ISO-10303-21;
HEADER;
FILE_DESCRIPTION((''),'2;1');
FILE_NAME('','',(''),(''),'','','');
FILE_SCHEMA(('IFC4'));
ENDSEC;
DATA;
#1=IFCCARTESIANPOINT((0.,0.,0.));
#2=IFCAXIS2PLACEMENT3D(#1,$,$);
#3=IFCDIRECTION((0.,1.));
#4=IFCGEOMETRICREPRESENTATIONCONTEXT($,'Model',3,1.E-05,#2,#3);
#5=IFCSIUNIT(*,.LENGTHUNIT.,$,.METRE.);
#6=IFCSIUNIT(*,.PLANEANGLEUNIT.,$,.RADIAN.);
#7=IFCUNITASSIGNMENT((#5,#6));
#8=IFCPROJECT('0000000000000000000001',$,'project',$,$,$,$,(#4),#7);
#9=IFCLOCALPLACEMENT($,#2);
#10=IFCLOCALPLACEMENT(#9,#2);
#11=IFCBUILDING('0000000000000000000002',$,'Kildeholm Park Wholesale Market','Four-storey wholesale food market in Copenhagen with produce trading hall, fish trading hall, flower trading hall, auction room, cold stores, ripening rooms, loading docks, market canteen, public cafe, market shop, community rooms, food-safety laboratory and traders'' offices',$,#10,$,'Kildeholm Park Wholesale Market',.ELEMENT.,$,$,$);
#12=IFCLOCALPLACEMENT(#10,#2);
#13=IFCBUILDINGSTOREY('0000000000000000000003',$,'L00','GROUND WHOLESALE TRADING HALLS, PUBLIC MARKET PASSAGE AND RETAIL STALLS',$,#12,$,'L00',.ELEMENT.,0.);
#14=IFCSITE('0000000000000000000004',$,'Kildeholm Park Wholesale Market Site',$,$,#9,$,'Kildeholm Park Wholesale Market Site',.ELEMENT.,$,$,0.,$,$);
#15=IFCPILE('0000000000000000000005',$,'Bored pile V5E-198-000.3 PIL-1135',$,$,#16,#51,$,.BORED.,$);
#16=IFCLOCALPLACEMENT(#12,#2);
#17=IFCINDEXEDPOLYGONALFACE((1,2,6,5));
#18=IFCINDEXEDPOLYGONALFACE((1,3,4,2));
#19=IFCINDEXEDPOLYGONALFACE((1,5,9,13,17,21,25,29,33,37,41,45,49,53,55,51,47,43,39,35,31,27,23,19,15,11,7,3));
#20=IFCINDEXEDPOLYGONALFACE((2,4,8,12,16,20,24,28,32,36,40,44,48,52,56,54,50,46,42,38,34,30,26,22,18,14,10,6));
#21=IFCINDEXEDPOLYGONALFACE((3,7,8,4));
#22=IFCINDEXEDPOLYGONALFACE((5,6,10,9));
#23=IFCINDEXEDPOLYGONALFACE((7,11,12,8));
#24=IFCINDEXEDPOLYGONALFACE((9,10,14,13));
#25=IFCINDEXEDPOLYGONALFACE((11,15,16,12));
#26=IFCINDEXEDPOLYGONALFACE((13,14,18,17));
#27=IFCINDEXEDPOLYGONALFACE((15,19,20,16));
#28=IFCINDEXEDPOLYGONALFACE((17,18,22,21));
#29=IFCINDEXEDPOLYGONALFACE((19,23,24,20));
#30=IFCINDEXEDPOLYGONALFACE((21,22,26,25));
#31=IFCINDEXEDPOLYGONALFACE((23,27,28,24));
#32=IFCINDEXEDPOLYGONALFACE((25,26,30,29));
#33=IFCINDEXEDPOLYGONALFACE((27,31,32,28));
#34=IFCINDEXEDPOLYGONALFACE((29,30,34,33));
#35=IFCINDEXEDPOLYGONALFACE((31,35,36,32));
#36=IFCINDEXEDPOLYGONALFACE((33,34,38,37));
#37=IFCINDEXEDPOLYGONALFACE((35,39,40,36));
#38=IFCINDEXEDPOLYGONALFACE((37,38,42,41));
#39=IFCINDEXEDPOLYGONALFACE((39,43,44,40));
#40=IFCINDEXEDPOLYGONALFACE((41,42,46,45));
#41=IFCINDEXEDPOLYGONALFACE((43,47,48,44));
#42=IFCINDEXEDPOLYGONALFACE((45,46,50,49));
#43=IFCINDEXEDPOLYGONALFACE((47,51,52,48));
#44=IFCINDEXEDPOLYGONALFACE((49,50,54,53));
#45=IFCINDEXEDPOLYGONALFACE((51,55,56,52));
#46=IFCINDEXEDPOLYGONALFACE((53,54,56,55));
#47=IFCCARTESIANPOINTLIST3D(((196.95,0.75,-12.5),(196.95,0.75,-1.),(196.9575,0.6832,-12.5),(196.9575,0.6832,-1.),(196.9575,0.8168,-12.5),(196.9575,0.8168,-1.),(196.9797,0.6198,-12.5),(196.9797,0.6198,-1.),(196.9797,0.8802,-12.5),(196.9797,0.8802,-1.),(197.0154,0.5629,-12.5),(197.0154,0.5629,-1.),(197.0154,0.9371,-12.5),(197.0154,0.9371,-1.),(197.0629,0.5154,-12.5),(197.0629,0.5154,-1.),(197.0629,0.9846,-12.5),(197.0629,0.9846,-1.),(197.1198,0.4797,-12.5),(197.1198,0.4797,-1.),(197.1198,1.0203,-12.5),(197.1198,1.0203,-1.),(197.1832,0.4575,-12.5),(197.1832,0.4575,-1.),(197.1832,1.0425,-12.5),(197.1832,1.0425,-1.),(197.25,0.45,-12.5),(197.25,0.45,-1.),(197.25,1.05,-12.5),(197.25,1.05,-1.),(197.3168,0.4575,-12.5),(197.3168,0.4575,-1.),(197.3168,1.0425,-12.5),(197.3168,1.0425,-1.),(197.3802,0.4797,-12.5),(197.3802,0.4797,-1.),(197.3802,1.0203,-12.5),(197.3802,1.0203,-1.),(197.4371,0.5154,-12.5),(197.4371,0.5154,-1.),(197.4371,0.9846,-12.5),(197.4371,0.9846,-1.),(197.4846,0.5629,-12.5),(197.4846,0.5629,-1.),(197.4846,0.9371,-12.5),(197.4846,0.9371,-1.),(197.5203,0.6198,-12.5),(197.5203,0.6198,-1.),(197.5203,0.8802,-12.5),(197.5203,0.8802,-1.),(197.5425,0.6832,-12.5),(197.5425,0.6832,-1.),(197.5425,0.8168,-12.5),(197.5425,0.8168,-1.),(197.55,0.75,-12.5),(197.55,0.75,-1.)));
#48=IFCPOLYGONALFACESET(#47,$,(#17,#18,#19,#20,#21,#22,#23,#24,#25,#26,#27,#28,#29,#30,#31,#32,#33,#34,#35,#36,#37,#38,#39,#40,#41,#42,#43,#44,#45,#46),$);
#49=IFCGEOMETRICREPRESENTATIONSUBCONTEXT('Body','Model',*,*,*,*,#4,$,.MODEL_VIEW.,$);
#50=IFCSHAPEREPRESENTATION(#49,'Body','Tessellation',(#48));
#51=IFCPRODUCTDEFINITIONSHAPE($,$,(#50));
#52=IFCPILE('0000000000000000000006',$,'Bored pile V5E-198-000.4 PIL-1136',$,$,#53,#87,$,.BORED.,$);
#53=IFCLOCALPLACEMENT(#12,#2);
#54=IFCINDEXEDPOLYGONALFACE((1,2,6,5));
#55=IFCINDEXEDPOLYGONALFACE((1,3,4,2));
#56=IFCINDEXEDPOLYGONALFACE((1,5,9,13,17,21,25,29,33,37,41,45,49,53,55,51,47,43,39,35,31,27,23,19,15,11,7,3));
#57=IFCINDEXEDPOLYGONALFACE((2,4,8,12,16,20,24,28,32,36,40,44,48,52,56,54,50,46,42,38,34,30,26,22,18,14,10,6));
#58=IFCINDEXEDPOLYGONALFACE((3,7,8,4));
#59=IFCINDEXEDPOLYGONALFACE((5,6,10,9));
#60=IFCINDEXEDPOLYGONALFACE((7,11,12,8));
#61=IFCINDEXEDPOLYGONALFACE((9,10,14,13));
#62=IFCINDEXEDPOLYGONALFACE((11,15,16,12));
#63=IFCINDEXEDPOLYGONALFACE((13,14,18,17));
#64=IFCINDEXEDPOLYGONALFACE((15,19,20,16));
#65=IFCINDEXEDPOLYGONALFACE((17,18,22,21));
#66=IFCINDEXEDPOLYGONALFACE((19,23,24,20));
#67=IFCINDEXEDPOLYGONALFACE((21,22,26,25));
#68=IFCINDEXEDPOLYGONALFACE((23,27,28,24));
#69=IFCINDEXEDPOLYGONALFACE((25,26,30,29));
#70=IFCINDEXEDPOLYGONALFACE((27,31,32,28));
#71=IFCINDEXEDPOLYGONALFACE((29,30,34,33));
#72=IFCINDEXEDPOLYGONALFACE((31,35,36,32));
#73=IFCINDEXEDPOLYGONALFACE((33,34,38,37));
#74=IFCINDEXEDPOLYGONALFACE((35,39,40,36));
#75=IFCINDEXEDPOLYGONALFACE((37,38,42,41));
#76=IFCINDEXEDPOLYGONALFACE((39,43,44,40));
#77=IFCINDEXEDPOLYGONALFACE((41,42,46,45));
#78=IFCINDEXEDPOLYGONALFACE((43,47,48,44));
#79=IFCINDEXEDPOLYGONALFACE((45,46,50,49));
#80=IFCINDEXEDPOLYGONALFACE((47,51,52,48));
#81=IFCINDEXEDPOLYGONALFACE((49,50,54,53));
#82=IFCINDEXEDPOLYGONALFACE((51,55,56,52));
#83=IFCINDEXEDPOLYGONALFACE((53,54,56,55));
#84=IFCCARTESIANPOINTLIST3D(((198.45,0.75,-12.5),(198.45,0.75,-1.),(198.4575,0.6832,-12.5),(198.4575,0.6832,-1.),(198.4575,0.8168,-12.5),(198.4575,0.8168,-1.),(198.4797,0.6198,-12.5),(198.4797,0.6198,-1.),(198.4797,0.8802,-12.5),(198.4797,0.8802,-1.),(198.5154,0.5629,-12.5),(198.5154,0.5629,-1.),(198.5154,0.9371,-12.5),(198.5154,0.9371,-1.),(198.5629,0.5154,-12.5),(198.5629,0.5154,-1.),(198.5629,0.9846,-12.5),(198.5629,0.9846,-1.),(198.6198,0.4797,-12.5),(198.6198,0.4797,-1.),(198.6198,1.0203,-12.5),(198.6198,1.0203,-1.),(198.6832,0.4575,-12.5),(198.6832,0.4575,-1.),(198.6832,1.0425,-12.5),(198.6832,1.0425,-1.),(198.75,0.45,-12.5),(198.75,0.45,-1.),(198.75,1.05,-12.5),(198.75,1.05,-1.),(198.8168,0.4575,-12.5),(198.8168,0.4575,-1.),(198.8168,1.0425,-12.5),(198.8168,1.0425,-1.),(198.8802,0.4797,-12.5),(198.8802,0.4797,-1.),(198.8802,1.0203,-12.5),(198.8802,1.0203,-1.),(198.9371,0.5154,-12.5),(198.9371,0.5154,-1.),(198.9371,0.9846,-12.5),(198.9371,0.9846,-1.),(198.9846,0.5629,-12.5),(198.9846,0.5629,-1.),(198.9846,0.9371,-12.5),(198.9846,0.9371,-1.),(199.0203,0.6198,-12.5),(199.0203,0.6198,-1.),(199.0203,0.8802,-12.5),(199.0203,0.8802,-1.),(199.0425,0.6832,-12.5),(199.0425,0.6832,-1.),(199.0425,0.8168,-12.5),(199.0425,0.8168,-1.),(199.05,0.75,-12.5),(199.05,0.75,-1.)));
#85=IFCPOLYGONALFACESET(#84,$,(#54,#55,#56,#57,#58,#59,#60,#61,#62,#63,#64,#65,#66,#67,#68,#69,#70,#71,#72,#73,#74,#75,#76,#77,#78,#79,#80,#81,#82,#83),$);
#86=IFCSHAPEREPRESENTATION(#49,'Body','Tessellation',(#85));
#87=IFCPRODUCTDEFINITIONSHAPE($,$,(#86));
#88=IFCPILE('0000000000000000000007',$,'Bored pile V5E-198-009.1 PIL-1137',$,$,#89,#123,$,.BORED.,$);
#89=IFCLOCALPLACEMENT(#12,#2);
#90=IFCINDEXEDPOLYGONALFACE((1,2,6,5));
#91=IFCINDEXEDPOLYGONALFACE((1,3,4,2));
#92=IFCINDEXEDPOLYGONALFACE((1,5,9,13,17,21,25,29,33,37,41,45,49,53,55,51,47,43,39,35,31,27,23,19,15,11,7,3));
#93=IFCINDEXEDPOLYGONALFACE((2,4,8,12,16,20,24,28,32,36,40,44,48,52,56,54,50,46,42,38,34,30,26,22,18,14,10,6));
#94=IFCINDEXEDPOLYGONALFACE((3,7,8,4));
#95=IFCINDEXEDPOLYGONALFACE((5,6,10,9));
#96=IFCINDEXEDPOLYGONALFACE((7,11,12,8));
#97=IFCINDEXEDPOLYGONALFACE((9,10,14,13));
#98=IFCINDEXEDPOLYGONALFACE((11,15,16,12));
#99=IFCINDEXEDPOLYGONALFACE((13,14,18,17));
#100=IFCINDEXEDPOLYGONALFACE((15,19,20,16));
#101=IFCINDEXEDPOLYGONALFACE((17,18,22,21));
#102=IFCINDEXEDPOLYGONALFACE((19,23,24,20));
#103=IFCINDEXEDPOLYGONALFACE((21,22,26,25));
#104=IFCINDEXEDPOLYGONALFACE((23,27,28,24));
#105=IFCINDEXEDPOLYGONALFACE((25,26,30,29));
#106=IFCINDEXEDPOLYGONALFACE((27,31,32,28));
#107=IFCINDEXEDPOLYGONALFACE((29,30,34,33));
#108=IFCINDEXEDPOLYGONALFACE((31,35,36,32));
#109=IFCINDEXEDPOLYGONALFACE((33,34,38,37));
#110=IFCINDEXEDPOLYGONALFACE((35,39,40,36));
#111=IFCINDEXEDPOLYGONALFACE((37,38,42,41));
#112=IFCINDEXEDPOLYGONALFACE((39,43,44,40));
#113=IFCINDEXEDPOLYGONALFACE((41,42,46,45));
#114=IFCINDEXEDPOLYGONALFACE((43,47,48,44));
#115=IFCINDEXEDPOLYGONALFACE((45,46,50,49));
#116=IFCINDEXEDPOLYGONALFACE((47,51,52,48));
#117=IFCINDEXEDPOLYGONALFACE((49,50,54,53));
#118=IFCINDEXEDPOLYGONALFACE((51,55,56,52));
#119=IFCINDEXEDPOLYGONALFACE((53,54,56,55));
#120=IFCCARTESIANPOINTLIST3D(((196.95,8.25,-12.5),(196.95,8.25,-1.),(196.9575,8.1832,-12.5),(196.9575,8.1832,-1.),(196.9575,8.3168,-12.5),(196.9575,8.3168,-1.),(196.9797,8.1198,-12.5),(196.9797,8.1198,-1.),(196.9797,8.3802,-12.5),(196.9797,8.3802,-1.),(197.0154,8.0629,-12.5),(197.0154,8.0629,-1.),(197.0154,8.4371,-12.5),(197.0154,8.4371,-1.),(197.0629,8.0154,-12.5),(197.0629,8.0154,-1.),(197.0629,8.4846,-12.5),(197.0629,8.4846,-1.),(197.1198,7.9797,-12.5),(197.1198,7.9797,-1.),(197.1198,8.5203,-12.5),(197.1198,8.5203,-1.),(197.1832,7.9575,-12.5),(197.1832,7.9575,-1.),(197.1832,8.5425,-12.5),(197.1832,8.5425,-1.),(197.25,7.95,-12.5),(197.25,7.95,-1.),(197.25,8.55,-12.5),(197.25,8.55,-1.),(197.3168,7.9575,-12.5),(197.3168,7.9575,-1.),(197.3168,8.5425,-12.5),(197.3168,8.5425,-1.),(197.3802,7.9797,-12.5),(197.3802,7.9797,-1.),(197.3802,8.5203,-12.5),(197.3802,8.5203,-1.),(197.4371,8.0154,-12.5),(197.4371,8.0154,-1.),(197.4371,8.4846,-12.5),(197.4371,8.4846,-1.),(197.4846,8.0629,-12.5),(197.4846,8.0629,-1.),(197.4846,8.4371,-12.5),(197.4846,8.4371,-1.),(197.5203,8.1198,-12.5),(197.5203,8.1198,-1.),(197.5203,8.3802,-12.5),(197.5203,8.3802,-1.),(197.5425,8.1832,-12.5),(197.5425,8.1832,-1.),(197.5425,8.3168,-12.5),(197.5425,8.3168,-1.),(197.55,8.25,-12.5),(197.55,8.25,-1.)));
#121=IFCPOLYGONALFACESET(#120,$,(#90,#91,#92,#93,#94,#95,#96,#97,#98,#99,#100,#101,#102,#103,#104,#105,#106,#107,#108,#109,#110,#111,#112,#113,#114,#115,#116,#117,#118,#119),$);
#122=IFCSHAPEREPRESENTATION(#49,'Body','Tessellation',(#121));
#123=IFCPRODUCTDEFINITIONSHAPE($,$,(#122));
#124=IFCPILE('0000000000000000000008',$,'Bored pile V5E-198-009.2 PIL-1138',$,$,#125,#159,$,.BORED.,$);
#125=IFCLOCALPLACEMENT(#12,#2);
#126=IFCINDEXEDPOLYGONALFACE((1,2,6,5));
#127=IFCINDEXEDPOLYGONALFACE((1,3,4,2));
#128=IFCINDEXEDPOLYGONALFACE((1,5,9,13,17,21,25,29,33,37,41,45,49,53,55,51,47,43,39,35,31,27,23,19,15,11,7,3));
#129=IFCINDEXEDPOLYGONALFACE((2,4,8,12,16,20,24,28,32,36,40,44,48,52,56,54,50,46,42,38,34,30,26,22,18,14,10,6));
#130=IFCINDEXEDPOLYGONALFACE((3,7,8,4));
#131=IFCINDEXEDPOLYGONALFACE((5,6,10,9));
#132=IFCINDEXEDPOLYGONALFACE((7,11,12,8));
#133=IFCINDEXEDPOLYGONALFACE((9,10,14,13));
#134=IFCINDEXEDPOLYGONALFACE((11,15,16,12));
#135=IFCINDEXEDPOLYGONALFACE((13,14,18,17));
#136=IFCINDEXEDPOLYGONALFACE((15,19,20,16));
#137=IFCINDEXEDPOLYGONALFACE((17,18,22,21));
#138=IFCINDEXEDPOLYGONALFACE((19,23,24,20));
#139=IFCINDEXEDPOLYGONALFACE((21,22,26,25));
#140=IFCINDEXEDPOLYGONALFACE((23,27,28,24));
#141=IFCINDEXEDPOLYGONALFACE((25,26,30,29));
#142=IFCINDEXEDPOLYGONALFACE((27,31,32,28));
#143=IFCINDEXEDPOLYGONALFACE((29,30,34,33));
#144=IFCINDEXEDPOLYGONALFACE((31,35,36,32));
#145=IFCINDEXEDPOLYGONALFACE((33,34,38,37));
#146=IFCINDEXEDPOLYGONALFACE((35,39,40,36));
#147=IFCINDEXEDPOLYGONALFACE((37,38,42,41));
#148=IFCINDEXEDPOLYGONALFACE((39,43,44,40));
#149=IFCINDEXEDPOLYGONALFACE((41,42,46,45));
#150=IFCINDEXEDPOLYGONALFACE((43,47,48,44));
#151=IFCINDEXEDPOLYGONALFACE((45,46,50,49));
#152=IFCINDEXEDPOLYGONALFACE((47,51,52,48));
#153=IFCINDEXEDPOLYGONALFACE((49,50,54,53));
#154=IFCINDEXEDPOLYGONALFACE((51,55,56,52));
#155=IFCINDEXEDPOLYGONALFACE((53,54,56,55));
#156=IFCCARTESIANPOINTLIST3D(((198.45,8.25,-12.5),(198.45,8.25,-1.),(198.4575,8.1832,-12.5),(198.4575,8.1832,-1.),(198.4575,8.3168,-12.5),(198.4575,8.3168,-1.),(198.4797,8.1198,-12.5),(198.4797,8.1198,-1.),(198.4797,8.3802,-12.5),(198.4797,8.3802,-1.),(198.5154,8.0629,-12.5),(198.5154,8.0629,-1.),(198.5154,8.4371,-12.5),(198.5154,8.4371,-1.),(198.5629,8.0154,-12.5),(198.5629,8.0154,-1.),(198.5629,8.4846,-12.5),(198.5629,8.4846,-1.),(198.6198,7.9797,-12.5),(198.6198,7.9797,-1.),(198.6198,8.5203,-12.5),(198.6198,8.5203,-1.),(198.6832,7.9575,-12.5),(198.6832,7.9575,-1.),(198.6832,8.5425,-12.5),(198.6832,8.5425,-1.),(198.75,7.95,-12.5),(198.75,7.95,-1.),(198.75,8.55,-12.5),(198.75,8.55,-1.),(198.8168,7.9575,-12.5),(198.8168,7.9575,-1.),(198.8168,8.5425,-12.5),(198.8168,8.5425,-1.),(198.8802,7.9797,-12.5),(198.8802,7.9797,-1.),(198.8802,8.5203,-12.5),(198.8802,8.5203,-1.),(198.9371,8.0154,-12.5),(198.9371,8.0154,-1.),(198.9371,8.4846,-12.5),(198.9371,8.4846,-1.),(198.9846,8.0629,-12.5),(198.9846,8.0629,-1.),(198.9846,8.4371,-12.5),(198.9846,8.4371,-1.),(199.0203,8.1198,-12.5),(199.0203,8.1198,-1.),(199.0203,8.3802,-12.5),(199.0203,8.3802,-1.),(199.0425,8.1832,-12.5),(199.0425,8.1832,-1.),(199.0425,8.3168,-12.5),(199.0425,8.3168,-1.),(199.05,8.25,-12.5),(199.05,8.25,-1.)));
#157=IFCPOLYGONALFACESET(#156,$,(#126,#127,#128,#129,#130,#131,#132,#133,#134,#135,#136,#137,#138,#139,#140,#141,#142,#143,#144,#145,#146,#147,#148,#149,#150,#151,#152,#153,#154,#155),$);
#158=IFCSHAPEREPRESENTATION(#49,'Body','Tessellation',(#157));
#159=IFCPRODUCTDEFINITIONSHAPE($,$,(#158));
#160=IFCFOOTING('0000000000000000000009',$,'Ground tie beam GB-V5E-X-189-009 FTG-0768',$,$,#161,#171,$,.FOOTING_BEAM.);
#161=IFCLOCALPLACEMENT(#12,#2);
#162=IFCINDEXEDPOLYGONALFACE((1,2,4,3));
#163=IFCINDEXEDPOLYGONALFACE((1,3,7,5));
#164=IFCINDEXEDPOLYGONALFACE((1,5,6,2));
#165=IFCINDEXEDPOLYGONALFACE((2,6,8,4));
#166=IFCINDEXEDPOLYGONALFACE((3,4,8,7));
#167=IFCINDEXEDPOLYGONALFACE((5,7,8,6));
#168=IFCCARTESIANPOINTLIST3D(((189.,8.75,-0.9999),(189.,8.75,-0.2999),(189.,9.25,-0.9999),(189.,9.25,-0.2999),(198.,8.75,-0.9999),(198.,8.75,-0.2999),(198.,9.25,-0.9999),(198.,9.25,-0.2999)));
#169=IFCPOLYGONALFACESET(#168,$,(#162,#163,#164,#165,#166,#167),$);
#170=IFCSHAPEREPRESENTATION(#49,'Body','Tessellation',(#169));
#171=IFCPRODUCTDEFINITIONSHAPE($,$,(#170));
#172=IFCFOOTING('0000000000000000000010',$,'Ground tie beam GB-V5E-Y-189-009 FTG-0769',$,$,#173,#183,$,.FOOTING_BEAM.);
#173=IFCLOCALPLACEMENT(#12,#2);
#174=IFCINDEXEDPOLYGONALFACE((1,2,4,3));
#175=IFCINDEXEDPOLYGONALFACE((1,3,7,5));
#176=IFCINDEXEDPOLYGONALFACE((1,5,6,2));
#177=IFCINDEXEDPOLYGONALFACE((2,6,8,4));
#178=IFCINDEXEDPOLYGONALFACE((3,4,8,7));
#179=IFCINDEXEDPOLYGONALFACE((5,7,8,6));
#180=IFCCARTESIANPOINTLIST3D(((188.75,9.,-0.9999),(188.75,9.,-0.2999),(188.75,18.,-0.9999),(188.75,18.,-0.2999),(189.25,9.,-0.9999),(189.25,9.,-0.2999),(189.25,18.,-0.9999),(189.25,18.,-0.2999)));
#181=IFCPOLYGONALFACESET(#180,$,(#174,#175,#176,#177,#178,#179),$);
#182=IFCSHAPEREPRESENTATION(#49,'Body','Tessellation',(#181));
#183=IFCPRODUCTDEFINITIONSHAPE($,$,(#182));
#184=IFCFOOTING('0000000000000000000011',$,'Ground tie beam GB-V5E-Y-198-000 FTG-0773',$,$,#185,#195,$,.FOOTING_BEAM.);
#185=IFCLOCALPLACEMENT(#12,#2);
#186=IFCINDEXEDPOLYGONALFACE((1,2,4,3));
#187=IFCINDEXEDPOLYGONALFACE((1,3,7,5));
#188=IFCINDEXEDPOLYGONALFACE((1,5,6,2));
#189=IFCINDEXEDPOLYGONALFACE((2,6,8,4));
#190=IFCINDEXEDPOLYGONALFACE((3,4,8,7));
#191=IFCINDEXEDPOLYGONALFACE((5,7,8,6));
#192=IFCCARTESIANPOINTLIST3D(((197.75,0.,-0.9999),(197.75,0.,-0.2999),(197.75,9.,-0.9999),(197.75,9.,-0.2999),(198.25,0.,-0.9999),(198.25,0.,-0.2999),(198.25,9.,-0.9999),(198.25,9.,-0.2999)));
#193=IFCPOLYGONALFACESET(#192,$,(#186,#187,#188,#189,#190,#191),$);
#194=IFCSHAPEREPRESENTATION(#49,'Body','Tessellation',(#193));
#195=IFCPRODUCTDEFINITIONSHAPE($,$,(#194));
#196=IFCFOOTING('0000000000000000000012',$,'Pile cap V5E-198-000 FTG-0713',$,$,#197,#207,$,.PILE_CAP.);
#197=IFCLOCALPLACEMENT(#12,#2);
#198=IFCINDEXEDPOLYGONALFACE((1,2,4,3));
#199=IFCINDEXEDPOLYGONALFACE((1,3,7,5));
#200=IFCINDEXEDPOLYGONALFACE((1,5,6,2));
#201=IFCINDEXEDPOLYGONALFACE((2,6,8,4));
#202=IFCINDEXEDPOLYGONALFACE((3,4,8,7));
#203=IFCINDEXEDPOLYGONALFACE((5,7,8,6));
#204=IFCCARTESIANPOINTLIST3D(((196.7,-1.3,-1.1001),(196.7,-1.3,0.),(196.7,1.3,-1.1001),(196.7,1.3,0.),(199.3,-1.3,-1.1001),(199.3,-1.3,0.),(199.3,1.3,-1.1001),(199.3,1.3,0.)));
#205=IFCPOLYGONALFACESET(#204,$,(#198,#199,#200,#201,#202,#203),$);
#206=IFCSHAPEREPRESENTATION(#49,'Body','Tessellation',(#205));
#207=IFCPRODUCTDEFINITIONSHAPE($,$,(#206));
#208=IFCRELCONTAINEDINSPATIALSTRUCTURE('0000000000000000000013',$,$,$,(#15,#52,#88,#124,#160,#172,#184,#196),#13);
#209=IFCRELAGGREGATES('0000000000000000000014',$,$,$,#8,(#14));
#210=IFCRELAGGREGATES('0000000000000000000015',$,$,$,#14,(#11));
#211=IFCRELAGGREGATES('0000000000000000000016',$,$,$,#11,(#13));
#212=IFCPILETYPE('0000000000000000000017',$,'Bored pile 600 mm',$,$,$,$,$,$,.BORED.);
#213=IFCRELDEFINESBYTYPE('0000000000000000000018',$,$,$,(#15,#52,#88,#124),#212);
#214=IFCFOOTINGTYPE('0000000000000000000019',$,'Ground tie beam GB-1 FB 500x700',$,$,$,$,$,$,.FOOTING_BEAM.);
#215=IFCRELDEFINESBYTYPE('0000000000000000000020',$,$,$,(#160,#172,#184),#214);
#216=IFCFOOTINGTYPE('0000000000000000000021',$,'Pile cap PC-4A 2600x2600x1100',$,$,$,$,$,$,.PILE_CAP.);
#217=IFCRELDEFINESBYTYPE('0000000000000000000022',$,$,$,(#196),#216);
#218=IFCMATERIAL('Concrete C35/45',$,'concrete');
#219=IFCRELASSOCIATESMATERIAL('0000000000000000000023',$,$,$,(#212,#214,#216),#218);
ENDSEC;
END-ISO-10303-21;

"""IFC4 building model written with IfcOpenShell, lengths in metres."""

from ifc_helpers import new_model, si_unit, direction, frame, origin, origin_2d, place, context, subcontext, project, spatial, rectangle, circle, extrude, material, material_profile, profile_set, type_object, element, save


model = new_model("IFC4")

# Units and contexts
model_context = context("Model", 3, precision=1e-05, world=origin(), true_north=direction((0.0, 1.0)))
body_context = subcontext(model_context, "Body", "Model", "MODEL_VIEW")
ifc_project = project(units=[si_unit("LENGTHUNIT", "METRE"), si_unit("PLANEANGLEUNIT", "RADIAN")], contexts=[model_context])

# Site, building, storey
site_placement = place(None, origin())
site = spatial("IfcSite", under=ifc_project, at=site_placement, Name="Kildeholm Park Wholesale Market Site", LongName="Kildeholm Park Wholesale Market Site", CompositionType="ELEMENT", RefElevation=0.0)
building_placement = place(site_placement, origin())
building = spatial("IfcBuilding", under=site, at=building_placement, Name="Kildeholm Park Wholesale Market", Description="Four-storey wholesale food market in Copenhagen with produce trading hall, fish trading hall, flower trading hall, auction room, cold stores, ripening rooms, loading docks, market canteen, public cafe, market shop, community rooms, food-safety laboratory and traders' offices", LongName="Kildeholm Park Wholesale Market", CompositionType="ELEMENT")
storey_placement = place(building_placement, origin())
storey = spatial("IfcBuildingStorey", under=building, at=storey_placement, Name="L00", Description="GROUND WHOLESALE TRADING HALLS, PUBLIC MARKET PASSAGE AND RETAIL STALLS", LongName="L00", CompositionType="ELEMENT", Elevation=0.0)

# Piles
ifc_material_1 = material(Name="Concrete C35/45", Category="concrete")
ifc_material_profile_1 = material_profile(ifc_material_1, circle(Radius=0.3, at=origin_2d()), Name="PILE D600")
ifc_profile_set_1 = profile_set([ifc_material_profile_1], Name="Concrete C35/45")
pile_type = type_object("IfcPileType", Name="Bored pile 600 mm", PredefinedType="BORED", material=ifc_profile_set_1)
for number, where, z_axis, x_axis, name in (
    (1, (197.25, 0.75, -1.0), (0.0, 0.0, -1.0), (1.0, 0.0, 0.0), "Bored pile V5E-198-000.3 PIL-1135"),
    (2, (198.75, 0.75, -1.0), (0.0, 0.0, -1.0), (1.0, 0.0, 0.0), "Bored pile V5E-198-000.4 PIL-1136"),
    (3, (197.25, 8.25, -1.0), (0.0, 0.0, -1.0), (1.0, 0.0, 0.0), "Bored pile V5E-198-009.1 PIL-1137"),
    (4, (198.75, 8.25, -1.0), (0.0, 0.0, -1.0), (1.0, 0.0, 0.0), "Bored pile V5E-198-009.2 PIL-1138"),
):
    element("IfcPile", number, at=place(storey_placement, frame(where, z_axis=z_axis, x_axis=x_axis)), inside=storey, type_object=pile_type, Name=name, PredefinedType="BORED", context=body_context, shape_type="SweptSolid", body=[
        extrude(circle(Radius=0.3, at=origin_2d()), origin(), (0.0, 0.0, 1.0), 11.5),
    ])

# Footings
ifc_material_profile_2 = material_profile(ifc_material_1, rectangle(XDim=0.5, YDim=0.7, at=origin_2d()), Name="FB 500x700")
ifc_profile_set_2 = profile_set([ifc_material_profile_2], Name="Concrete C35/45")
footing_type_1 = type_object("IfcFootingType", Name="Ground tie beam GB-1 FB 500x700", PredefinedType="FOOTING_BEAM", material=ifc_profile_set_2)
for number, where, z_axis, x_axis, name in (
    (5, (189.0, 9.0, -0.6499), (1.0, 0.0, 0.0), (0.0, 1.0, 0.0), "Ground tie beam GB-V5E-X-189-009 FTG-0768"),
    (6, (189.0, 9.0, -0.6499), (0.0, 1.0, 0.0), (-1.0, 0.0, 0.0), "Ground tie beam GB-V5E-Y-189-009 FTG-0769"),
    (7, (198.0, 0.0, -0.6499), (0.0, 1.0, 0.0), (-1.0, 0.0, 0.0), "Ground tie beam GB-V5E-Y-198-000 FTG-0773"),
):
    element("IfcFooting", number, at=place(storey_placement, frame(where, z_axis=z_axis, x_axis=x_axis)), inside=storey, type_object=footing_type_1, Name=name, PredefinedType="FOOTING_BEAM", context=body_context, shape_type="SweptSolid", body=[
        extrude(rectangle(XDim=0.5, YDim=0.7, at=origin_2d()), origin(), (0.0, 0.0, 1.0), 9.0),
    ])
footing_type_2 = type_object("IfcFootingType", Name="Pile cap PC-4A 2600x2600x1100", PredefinedType="PILE_CAP", material=ifc_material_1)
footing_placement = place(storey_placement, frame((198.0, 0.0, -1.1001), z_axis=(0.0, 0.0, 1.0), x_axis=(1.0, 0.0, 0.0)))
element("IfcFooting", 8, at=footing_placement, inside=storey, type_object=footing_type_2, Name="Pile cap V5E-198-000 FTG-0713", PredefinedType="PILE_CAP", context=body_context, shape_type="SweptSolid", body=[
    extrude(rectangle(XDim=2.6001, YDim=2.6001, at=origin_2d()), origin(), (0.0, 0.0, 1.0), 1.1001),
])

save(model, "model.ifc")
